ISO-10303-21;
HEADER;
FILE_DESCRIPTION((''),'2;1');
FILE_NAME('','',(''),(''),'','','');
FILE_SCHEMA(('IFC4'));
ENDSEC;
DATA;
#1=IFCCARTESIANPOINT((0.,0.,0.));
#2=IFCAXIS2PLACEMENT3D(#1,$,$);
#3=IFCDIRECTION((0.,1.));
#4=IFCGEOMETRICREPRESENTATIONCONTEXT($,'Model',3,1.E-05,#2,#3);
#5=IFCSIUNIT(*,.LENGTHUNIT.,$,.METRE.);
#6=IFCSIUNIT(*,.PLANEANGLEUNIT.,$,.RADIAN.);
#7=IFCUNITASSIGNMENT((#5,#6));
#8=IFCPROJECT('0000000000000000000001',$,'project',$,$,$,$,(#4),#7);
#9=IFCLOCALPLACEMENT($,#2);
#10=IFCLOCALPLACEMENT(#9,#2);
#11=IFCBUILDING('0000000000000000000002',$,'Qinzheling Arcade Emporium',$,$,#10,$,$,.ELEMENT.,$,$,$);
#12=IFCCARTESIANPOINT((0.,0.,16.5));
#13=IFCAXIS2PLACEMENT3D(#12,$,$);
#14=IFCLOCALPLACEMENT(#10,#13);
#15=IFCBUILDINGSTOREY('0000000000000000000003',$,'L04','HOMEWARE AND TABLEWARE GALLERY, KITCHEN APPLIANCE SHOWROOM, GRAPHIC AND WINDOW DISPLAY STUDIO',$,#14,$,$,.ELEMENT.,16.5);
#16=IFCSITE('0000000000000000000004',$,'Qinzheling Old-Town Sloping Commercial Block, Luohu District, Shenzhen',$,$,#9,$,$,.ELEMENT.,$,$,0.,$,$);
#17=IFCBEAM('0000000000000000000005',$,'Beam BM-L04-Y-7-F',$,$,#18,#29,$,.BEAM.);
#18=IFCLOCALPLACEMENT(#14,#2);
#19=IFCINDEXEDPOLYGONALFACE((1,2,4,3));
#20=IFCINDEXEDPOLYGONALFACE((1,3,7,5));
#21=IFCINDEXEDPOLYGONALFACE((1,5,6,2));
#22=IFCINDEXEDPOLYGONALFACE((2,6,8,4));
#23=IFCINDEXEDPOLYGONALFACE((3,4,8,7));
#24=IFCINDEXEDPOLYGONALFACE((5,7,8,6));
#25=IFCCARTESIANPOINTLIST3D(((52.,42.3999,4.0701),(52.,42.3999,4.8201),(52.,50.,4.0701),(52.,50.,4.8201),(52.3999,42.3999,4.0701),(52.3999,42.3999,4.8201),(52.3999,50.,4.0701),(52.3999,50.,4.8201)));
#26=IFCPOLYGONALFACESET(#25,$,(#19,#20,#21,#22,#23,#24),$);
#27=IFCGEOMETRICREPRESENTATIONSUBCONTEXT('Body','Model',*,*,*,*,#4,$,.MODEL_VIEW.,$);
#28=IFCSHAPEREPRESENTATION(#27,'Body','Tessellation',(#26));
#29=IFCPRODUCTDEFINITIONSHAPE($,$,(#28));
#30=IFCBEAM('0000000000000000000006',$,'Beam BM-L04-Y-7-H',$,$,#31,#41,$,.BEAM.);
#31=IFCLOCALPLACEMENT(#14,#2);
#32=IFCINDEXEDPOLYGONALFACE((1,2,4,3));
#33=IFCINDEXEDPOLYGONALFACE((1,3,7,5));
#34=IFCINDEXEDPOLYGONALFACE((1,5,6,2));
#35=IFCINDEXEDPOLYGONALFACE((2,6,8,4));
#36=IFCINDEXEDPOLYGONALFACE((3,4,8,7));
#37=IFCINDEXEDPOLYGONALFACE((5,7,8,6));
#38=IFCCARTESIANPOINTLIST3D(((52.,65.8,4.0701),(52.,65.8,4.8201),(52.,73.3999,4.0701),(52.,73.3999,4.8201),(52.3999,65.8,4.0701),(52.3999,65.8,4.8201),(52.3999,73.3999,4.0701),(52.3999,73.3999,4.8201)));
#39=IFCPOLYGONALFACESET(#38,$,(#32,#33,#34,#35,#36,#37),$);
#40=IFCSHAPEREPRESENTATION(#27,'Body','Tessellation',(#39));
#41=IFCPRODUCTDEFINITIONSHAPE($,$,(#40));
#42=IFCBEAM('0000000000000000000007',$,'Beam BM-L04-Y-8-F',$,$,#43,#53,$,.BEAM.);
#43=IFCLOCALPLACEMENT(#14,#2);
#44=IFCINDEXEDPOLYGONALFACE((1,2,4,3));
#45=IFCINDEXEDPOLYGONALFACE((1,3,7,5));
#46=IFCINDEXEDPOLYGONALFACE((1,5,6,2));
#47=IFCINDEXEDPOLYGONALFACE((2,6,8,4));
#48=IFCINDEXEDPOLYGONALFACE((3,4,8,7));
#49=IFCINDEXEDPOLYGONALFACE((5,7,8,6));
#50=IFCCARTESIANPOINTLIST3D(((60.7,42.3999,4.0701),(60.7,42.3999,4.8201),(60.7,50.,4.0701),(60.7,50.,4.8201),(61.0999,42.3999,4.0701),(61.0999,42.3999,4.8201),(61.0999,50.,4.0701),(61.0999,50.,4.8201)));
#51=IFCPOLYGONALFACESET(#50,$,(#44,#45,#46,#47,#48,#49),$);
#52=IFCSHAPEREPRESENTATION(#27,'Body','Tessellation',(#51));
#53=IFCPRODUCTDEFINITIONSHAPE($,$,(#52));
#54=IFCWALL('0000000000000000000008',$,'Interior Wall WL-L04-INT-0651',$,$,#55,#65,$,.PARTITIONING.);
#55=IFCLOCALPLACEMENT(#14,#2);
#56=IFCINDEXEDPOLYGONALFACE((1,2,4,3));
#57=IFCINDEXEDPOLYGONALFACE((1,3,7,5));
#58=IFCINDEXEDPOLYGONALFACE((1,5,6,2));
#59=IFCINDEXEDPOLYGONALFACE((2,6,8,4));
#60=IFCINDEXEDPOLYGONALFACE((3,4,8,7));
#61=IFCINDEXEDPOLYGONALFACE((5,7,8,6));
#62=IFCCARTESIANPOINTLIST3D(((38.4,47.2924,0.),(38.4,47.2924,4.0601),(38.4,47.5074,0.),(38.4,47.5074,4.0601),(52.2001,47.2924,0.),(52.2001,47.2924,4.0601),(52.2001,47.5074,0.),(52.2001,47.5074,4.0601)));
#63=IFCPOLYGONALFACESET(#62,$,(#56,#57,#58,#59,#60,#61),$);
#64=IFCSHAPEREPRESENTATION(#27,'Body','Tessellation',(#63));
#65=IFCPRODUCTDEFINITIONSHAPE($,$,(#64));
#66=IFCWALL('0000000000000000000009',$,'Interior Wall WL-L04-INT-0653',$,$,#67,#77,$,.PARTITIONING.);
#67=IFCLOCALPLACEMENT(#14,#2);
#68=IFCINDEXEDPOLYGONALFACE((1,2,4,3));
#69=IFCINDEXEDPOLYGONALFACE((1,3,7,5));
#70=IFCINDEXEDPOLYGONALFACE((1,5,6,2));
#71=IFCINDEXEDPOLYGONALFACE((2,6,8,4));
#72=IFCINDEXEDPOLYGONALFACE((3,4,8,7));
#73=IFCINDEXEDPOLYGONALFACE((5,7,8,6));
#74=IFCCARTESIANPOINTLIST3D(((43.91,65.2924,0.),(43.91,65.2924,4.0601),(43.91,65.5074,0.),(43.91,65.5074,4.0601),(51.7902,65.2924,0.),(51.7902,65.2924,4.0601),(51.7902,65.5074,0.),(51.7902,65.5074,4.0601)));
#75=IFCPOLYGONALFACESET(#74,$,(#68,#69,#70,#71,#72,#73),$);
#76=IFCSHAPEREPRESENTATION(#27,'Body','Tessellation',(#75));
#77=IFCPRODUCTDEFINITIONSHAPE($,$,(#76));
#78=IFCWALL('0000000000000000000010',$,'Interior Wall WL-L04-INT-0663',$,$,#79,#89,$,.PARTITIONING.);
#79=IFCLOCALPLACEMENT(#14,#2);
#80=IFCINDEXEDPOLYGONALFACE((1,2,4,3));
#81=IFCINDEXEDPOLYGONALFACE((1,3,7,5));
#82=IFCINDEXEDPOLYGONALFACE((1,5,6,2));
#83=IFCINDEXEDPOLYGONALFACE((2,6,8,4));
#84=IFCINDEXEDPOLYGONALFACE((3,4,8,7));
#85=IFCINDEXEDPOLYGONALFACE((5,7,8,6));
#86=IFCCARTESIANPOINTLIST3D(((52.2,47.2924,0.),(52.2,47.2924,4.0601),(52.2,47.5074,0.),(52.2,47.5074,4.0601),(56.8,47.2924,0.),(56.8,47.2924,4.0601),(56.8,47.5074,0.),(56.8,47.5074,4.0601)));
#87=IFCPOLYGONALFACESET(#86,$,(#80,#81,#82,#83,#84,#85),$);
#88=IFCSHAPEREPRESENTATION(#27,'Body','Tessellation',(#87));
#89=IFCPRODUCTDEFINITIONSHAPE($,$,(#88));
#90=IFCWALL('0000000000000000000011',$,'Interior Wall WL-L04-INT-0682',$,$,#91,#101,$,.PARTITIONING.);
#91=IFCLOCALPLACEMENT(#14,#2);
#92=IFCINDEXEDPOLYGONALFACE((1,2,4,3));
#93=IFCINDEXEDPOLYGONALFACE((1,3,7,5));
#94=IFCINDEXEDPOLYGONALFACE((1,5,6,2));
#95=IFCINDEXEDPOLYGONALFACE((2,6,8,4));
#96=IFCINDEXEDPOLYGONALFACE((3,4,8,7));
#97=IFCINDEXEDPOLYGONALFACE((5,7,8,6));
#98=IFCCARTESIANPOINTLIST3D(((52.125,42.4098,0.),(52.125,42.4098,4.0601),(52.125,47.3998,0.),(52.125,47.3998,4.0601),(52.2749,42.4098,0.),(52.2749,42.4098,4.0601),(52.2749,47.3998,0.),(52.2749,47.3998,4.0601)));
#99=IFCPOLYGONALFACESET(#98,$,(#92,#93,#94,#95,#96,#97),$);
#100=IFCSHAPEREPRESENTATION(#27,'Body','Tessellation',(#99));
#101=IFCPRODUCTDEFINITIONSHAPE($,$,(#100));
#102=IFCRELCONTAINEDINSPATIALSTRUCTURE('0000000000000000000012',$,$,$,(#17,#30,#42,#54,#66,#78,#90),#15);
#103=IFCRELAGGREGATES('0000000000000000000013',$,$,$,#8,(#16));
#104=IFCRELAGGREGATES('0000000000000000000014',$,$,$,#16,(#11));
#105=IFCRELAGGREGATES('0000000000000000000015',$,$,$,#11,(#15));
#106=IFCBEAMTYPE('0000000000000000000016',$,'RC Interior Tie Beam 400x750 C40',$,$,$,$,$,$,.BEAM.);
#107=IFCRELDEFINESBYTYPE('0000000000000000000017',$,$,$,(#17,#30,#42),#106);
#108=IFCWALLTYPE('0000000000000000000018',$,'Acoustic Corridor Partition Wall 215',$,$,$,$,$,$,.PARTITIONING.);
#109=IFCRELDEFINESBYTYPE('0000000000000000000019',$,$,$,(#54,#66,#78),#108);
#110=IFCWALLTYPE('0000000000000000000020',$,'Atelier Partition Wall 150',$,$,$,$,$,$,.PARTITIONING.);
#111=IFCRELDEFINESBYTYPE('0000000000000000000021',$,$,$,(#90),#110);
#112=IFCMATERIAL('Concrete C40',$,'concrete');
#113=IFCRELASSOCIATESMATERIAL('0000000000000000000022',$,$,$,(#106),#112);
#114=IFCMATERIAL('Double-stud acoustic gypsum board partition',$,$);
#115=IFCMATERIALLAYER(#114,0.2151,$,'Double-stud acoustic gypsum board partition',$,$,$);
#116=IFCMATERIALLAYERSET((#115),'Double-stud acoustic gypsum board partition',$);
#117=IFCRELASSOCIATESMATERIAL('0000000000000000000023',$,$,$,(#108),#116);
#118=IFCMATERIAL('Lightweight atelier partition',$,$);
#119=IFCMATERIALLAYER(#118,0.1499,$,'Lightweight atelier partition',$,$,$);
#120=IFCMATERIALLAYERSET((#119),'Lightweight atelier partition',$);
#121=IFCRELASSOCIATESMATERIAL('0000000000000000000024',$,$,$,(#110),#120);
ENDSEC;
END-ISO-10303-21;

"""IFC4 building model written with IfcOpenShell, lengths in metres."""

from ifc_helpers import new_model, si_unit, direction, frame, frame_2d, origin, origin_2d, place, context, subcontext, project, spatial, rectangle, extrude, material, layer, layer_set, material_profile, profile_set, type_object, element, save


model = new_model("IFC4")

# Units and contexts
model_context = context("Model", 3, precision=1e-05, world=origin(), true_north=direction((0.0, 1.0)))
body_context = subcontext(model_context, "Body", "Model", "MODEL_VIEW")
ifc_project = project(units=[si_unit("LENGTHUNIT", "METRE"), si_unit("PLANEANGLEUNIT", "RADIAN")], contexts=[model_context])

# Site, building, storey
site_placement = place(None, origin())
site = spatial("IfcSite", under=ifc_project, at=site_placement, Name="Qinzheling Old-Town Sloping Commercial Block, Luohu District, Shenzhen", CompositionType="ELEMENT", RefElevation=0.0)
building_placement = place(site_placement, origin())
building = spatial("IfcBuilding", under=site, at=building_placement, Name="Qinzheling Arcade Emporium", CompositionType="ELEMENT")
storey_placement = place(building_placement, frame((0.0, 0.0, 16.5)))
storey = spatial("IfcBuildingStorey", under=building, at=storey_placement, Name="L04", Description="HOMEWARE AND TABLEWARE GALLERY, KITCHEN APPLIANCE SHOWROOM, GRAPHIC AND WINDOW DISPLAY STUDIO", CompositionType="ELEMENT", Elevation=16.5)

# Shared definitions
ifc_material_1 = material(Name="Concrete C40", Category="concrete")

# Beams
ifc_material_profile_1 = material_profile(ifc_material_1, rectangle(XDim=0.3999, YDim=0.75, at=origin_2d()), Name="RC 400x750", Category="concrete")
ifc_profile_set_1 = profile_set([ifc_material_profile_1], Name="Concrete C40")
beam_type_1 = type_object("IfcBeamType", Name="RC Interior Tie Beam 400x750 C40", PredefinedType="BEAM", material=ifc_profile_set_1)
beam_1_placement = place(storey_placement, frame((52.2, 42.3999, 4.4451), z_axis=(0.0, 1.0, 0.0), x_axis=(-1.0, 0.0, 0.0)))
element("IfcBeam", 1, at=beam_1_placement, inside=storey, type_object=beam_type_1, Name="Beam BM-L04-Y-7-F", PredefinedType="BEAM", context=body_context, shape_type="SweptSolid", body=[
    extrude(rectangle(XDim=0.3999, YDim=0.75, at=origin_2d()), origin(), (0.0, 0.0, 1.0), 7.6001),
])
beam_2_placement = place(storey_placement, frame((52.2, 65.8, 4.4451), z_axis=(0.0, 1.0, 0.0), x_axis=(-1.0, 0.0, 0.0)))
element("IfcBeam", 2, at=beam_2_placement, inside=storey, type_object=beam_type_1, Name="Beam BM-L04-Y-7-H", PredefinedType="BEAM", context=body_context, shape_type="SweptSolid", body=[
    extrude(rectangle(XDim=0.3999, YDim=0.75, at=origin_2d()), origin(), (0.0, 0.0, 1.0), 7.5999),
])
beam_3_placement = place(storey_placement, frame((60.8999, 42.3999, 4.4451), z_axis=(0.0, 1.0, 0.0), x_axis=(-1.0, 0.0, 0.0)))
element("IfcBeam", 3, at=beam_3_placement, inside=storey, type_object=beam_type_1, Name="Beam BM-L04-Y-8-F", PredefinedType="BEAM", context=body_context, shape_type="SweptSolid", body=[
    extrude(rectangle(XDim=0.3999, YDim=0.75, at=origin_2d()), origin(), (0.0, 0.0, 1.0), 7.6001),
])

# Walls
ifc_material_2 = material(Name="Double-stud acoustic gypsum board partition")
ifc_layer_1 = layer(ifc_material_2, 0.2151, Name="Double-stud acoustic gypsum board partition")
ifc_layer_set_1 = layer_set([ifc_layer_1], Name="Double-stud acoustic gypsum board partition")
wall_type_1 = type_object("IfcWallType", Name="Acoustic Corridor Partition Wall 215", PredefinedType="PARTITIONING", material=ifc_layer_set_1)
wall_1_placement = place(storey_placement, frame((52.2, 47.3999, 0.0), z_axis=(0.0, 0.0, 1.0), x_axis=(-1.0, 0.0, 0.0)))
element("IfcWall", 4, at=wall_1_placement, inside=storey, type_object=wall_type_1, Name="Interior Wall WL-L04-INT-0651", PredefinedType="PARTITIONING", context=body_context, shape_type="SweptSolid", body=[
    extrude(rectangle(XDim=13.8, YDim=0.2151, at=frame_2d((6.8999, 0.0))), origin(), (0.0, 0.0, 1.0), 4.0601),
])
wall_2_placement = place(storey_placement, frame((51.79, 65.3999, 0.0), z_axis=(0.0, 0.0, 1.0), x_axis=(-1.0, 0.0, 0.0)))
element("IfcWall", 5, at=wall_2_placement, inside=storey, type_object=wall_type_1, Name="Interior Wall WL-L04-INT-0653", PredefinedType="PARTITIONING", context=body_context, shape_type="SweptSolid", body=[
    extrude(rectangle(XDim=7.8801, YDim=0.2151, at=frame_2d((3.9399, 0.0))), origin(), (0.0, 0.0, 1.0), 4.0601),
])
wall_3_placement = place(storey_placement, frame((56.8, 47.3999, 0.0), z_axis=(0.0, 0.0, 1.0), x_axis=(-1.0, 0.0, 0.0)))
element("IfcWall", 6, at=wall_3_placement, inside=storey, type_object=wall_type_1, Name="Interior Wall WL-L04-INT-0663", PredefinedType="PARTITIONING", context=body_context, shape_type="SweptSolid", body=[
    extrude(rectangle(XDim=4.6001, YDim=0.2151, at=frame_2d((2.3, 0.0))), origin(), (0.0, 0.0, 1.0), 4.0601),
])
ifc_material_3 = material(Name="Lightweight atelier partition")
ifc_layer_2 = layer(ifc_material_3, 0.1499, Name="Lightweight atelier partition")
ifc_layer_set_2 = layer_set([ifc_layer_2], Name="Lightweight atelier partition")
wall_type_2 = type_object("IfcWallType", Name="Atelier Partition Wall 150", PredefinedType="PARTITIONING", material=ifc_layer_set_2)
wall_4_placement = place(storey_placement, frame((52.2, 47.3999, 0.0), z_axis=(0.0, 0.0, 1.0), x_axis=(0.0, -1.0, 0.0)))
element("IfcWall", 7, at=wall_4_placement, inside=storey, type_object=wall_type_2, Name="Interior Wall WL-L04-INT-0682", PredefinedType="PARTITIONING", context=body_context, shape_type="SweptSolid", body=[
    extrude(rectangle(XDim=4.99, YDim=0.1499, at=frame_2d((2.4951, 0.0))), origin(), (0.0, 0.0, 1.0), 4.0601),
])

save(model, "model.ifc")
